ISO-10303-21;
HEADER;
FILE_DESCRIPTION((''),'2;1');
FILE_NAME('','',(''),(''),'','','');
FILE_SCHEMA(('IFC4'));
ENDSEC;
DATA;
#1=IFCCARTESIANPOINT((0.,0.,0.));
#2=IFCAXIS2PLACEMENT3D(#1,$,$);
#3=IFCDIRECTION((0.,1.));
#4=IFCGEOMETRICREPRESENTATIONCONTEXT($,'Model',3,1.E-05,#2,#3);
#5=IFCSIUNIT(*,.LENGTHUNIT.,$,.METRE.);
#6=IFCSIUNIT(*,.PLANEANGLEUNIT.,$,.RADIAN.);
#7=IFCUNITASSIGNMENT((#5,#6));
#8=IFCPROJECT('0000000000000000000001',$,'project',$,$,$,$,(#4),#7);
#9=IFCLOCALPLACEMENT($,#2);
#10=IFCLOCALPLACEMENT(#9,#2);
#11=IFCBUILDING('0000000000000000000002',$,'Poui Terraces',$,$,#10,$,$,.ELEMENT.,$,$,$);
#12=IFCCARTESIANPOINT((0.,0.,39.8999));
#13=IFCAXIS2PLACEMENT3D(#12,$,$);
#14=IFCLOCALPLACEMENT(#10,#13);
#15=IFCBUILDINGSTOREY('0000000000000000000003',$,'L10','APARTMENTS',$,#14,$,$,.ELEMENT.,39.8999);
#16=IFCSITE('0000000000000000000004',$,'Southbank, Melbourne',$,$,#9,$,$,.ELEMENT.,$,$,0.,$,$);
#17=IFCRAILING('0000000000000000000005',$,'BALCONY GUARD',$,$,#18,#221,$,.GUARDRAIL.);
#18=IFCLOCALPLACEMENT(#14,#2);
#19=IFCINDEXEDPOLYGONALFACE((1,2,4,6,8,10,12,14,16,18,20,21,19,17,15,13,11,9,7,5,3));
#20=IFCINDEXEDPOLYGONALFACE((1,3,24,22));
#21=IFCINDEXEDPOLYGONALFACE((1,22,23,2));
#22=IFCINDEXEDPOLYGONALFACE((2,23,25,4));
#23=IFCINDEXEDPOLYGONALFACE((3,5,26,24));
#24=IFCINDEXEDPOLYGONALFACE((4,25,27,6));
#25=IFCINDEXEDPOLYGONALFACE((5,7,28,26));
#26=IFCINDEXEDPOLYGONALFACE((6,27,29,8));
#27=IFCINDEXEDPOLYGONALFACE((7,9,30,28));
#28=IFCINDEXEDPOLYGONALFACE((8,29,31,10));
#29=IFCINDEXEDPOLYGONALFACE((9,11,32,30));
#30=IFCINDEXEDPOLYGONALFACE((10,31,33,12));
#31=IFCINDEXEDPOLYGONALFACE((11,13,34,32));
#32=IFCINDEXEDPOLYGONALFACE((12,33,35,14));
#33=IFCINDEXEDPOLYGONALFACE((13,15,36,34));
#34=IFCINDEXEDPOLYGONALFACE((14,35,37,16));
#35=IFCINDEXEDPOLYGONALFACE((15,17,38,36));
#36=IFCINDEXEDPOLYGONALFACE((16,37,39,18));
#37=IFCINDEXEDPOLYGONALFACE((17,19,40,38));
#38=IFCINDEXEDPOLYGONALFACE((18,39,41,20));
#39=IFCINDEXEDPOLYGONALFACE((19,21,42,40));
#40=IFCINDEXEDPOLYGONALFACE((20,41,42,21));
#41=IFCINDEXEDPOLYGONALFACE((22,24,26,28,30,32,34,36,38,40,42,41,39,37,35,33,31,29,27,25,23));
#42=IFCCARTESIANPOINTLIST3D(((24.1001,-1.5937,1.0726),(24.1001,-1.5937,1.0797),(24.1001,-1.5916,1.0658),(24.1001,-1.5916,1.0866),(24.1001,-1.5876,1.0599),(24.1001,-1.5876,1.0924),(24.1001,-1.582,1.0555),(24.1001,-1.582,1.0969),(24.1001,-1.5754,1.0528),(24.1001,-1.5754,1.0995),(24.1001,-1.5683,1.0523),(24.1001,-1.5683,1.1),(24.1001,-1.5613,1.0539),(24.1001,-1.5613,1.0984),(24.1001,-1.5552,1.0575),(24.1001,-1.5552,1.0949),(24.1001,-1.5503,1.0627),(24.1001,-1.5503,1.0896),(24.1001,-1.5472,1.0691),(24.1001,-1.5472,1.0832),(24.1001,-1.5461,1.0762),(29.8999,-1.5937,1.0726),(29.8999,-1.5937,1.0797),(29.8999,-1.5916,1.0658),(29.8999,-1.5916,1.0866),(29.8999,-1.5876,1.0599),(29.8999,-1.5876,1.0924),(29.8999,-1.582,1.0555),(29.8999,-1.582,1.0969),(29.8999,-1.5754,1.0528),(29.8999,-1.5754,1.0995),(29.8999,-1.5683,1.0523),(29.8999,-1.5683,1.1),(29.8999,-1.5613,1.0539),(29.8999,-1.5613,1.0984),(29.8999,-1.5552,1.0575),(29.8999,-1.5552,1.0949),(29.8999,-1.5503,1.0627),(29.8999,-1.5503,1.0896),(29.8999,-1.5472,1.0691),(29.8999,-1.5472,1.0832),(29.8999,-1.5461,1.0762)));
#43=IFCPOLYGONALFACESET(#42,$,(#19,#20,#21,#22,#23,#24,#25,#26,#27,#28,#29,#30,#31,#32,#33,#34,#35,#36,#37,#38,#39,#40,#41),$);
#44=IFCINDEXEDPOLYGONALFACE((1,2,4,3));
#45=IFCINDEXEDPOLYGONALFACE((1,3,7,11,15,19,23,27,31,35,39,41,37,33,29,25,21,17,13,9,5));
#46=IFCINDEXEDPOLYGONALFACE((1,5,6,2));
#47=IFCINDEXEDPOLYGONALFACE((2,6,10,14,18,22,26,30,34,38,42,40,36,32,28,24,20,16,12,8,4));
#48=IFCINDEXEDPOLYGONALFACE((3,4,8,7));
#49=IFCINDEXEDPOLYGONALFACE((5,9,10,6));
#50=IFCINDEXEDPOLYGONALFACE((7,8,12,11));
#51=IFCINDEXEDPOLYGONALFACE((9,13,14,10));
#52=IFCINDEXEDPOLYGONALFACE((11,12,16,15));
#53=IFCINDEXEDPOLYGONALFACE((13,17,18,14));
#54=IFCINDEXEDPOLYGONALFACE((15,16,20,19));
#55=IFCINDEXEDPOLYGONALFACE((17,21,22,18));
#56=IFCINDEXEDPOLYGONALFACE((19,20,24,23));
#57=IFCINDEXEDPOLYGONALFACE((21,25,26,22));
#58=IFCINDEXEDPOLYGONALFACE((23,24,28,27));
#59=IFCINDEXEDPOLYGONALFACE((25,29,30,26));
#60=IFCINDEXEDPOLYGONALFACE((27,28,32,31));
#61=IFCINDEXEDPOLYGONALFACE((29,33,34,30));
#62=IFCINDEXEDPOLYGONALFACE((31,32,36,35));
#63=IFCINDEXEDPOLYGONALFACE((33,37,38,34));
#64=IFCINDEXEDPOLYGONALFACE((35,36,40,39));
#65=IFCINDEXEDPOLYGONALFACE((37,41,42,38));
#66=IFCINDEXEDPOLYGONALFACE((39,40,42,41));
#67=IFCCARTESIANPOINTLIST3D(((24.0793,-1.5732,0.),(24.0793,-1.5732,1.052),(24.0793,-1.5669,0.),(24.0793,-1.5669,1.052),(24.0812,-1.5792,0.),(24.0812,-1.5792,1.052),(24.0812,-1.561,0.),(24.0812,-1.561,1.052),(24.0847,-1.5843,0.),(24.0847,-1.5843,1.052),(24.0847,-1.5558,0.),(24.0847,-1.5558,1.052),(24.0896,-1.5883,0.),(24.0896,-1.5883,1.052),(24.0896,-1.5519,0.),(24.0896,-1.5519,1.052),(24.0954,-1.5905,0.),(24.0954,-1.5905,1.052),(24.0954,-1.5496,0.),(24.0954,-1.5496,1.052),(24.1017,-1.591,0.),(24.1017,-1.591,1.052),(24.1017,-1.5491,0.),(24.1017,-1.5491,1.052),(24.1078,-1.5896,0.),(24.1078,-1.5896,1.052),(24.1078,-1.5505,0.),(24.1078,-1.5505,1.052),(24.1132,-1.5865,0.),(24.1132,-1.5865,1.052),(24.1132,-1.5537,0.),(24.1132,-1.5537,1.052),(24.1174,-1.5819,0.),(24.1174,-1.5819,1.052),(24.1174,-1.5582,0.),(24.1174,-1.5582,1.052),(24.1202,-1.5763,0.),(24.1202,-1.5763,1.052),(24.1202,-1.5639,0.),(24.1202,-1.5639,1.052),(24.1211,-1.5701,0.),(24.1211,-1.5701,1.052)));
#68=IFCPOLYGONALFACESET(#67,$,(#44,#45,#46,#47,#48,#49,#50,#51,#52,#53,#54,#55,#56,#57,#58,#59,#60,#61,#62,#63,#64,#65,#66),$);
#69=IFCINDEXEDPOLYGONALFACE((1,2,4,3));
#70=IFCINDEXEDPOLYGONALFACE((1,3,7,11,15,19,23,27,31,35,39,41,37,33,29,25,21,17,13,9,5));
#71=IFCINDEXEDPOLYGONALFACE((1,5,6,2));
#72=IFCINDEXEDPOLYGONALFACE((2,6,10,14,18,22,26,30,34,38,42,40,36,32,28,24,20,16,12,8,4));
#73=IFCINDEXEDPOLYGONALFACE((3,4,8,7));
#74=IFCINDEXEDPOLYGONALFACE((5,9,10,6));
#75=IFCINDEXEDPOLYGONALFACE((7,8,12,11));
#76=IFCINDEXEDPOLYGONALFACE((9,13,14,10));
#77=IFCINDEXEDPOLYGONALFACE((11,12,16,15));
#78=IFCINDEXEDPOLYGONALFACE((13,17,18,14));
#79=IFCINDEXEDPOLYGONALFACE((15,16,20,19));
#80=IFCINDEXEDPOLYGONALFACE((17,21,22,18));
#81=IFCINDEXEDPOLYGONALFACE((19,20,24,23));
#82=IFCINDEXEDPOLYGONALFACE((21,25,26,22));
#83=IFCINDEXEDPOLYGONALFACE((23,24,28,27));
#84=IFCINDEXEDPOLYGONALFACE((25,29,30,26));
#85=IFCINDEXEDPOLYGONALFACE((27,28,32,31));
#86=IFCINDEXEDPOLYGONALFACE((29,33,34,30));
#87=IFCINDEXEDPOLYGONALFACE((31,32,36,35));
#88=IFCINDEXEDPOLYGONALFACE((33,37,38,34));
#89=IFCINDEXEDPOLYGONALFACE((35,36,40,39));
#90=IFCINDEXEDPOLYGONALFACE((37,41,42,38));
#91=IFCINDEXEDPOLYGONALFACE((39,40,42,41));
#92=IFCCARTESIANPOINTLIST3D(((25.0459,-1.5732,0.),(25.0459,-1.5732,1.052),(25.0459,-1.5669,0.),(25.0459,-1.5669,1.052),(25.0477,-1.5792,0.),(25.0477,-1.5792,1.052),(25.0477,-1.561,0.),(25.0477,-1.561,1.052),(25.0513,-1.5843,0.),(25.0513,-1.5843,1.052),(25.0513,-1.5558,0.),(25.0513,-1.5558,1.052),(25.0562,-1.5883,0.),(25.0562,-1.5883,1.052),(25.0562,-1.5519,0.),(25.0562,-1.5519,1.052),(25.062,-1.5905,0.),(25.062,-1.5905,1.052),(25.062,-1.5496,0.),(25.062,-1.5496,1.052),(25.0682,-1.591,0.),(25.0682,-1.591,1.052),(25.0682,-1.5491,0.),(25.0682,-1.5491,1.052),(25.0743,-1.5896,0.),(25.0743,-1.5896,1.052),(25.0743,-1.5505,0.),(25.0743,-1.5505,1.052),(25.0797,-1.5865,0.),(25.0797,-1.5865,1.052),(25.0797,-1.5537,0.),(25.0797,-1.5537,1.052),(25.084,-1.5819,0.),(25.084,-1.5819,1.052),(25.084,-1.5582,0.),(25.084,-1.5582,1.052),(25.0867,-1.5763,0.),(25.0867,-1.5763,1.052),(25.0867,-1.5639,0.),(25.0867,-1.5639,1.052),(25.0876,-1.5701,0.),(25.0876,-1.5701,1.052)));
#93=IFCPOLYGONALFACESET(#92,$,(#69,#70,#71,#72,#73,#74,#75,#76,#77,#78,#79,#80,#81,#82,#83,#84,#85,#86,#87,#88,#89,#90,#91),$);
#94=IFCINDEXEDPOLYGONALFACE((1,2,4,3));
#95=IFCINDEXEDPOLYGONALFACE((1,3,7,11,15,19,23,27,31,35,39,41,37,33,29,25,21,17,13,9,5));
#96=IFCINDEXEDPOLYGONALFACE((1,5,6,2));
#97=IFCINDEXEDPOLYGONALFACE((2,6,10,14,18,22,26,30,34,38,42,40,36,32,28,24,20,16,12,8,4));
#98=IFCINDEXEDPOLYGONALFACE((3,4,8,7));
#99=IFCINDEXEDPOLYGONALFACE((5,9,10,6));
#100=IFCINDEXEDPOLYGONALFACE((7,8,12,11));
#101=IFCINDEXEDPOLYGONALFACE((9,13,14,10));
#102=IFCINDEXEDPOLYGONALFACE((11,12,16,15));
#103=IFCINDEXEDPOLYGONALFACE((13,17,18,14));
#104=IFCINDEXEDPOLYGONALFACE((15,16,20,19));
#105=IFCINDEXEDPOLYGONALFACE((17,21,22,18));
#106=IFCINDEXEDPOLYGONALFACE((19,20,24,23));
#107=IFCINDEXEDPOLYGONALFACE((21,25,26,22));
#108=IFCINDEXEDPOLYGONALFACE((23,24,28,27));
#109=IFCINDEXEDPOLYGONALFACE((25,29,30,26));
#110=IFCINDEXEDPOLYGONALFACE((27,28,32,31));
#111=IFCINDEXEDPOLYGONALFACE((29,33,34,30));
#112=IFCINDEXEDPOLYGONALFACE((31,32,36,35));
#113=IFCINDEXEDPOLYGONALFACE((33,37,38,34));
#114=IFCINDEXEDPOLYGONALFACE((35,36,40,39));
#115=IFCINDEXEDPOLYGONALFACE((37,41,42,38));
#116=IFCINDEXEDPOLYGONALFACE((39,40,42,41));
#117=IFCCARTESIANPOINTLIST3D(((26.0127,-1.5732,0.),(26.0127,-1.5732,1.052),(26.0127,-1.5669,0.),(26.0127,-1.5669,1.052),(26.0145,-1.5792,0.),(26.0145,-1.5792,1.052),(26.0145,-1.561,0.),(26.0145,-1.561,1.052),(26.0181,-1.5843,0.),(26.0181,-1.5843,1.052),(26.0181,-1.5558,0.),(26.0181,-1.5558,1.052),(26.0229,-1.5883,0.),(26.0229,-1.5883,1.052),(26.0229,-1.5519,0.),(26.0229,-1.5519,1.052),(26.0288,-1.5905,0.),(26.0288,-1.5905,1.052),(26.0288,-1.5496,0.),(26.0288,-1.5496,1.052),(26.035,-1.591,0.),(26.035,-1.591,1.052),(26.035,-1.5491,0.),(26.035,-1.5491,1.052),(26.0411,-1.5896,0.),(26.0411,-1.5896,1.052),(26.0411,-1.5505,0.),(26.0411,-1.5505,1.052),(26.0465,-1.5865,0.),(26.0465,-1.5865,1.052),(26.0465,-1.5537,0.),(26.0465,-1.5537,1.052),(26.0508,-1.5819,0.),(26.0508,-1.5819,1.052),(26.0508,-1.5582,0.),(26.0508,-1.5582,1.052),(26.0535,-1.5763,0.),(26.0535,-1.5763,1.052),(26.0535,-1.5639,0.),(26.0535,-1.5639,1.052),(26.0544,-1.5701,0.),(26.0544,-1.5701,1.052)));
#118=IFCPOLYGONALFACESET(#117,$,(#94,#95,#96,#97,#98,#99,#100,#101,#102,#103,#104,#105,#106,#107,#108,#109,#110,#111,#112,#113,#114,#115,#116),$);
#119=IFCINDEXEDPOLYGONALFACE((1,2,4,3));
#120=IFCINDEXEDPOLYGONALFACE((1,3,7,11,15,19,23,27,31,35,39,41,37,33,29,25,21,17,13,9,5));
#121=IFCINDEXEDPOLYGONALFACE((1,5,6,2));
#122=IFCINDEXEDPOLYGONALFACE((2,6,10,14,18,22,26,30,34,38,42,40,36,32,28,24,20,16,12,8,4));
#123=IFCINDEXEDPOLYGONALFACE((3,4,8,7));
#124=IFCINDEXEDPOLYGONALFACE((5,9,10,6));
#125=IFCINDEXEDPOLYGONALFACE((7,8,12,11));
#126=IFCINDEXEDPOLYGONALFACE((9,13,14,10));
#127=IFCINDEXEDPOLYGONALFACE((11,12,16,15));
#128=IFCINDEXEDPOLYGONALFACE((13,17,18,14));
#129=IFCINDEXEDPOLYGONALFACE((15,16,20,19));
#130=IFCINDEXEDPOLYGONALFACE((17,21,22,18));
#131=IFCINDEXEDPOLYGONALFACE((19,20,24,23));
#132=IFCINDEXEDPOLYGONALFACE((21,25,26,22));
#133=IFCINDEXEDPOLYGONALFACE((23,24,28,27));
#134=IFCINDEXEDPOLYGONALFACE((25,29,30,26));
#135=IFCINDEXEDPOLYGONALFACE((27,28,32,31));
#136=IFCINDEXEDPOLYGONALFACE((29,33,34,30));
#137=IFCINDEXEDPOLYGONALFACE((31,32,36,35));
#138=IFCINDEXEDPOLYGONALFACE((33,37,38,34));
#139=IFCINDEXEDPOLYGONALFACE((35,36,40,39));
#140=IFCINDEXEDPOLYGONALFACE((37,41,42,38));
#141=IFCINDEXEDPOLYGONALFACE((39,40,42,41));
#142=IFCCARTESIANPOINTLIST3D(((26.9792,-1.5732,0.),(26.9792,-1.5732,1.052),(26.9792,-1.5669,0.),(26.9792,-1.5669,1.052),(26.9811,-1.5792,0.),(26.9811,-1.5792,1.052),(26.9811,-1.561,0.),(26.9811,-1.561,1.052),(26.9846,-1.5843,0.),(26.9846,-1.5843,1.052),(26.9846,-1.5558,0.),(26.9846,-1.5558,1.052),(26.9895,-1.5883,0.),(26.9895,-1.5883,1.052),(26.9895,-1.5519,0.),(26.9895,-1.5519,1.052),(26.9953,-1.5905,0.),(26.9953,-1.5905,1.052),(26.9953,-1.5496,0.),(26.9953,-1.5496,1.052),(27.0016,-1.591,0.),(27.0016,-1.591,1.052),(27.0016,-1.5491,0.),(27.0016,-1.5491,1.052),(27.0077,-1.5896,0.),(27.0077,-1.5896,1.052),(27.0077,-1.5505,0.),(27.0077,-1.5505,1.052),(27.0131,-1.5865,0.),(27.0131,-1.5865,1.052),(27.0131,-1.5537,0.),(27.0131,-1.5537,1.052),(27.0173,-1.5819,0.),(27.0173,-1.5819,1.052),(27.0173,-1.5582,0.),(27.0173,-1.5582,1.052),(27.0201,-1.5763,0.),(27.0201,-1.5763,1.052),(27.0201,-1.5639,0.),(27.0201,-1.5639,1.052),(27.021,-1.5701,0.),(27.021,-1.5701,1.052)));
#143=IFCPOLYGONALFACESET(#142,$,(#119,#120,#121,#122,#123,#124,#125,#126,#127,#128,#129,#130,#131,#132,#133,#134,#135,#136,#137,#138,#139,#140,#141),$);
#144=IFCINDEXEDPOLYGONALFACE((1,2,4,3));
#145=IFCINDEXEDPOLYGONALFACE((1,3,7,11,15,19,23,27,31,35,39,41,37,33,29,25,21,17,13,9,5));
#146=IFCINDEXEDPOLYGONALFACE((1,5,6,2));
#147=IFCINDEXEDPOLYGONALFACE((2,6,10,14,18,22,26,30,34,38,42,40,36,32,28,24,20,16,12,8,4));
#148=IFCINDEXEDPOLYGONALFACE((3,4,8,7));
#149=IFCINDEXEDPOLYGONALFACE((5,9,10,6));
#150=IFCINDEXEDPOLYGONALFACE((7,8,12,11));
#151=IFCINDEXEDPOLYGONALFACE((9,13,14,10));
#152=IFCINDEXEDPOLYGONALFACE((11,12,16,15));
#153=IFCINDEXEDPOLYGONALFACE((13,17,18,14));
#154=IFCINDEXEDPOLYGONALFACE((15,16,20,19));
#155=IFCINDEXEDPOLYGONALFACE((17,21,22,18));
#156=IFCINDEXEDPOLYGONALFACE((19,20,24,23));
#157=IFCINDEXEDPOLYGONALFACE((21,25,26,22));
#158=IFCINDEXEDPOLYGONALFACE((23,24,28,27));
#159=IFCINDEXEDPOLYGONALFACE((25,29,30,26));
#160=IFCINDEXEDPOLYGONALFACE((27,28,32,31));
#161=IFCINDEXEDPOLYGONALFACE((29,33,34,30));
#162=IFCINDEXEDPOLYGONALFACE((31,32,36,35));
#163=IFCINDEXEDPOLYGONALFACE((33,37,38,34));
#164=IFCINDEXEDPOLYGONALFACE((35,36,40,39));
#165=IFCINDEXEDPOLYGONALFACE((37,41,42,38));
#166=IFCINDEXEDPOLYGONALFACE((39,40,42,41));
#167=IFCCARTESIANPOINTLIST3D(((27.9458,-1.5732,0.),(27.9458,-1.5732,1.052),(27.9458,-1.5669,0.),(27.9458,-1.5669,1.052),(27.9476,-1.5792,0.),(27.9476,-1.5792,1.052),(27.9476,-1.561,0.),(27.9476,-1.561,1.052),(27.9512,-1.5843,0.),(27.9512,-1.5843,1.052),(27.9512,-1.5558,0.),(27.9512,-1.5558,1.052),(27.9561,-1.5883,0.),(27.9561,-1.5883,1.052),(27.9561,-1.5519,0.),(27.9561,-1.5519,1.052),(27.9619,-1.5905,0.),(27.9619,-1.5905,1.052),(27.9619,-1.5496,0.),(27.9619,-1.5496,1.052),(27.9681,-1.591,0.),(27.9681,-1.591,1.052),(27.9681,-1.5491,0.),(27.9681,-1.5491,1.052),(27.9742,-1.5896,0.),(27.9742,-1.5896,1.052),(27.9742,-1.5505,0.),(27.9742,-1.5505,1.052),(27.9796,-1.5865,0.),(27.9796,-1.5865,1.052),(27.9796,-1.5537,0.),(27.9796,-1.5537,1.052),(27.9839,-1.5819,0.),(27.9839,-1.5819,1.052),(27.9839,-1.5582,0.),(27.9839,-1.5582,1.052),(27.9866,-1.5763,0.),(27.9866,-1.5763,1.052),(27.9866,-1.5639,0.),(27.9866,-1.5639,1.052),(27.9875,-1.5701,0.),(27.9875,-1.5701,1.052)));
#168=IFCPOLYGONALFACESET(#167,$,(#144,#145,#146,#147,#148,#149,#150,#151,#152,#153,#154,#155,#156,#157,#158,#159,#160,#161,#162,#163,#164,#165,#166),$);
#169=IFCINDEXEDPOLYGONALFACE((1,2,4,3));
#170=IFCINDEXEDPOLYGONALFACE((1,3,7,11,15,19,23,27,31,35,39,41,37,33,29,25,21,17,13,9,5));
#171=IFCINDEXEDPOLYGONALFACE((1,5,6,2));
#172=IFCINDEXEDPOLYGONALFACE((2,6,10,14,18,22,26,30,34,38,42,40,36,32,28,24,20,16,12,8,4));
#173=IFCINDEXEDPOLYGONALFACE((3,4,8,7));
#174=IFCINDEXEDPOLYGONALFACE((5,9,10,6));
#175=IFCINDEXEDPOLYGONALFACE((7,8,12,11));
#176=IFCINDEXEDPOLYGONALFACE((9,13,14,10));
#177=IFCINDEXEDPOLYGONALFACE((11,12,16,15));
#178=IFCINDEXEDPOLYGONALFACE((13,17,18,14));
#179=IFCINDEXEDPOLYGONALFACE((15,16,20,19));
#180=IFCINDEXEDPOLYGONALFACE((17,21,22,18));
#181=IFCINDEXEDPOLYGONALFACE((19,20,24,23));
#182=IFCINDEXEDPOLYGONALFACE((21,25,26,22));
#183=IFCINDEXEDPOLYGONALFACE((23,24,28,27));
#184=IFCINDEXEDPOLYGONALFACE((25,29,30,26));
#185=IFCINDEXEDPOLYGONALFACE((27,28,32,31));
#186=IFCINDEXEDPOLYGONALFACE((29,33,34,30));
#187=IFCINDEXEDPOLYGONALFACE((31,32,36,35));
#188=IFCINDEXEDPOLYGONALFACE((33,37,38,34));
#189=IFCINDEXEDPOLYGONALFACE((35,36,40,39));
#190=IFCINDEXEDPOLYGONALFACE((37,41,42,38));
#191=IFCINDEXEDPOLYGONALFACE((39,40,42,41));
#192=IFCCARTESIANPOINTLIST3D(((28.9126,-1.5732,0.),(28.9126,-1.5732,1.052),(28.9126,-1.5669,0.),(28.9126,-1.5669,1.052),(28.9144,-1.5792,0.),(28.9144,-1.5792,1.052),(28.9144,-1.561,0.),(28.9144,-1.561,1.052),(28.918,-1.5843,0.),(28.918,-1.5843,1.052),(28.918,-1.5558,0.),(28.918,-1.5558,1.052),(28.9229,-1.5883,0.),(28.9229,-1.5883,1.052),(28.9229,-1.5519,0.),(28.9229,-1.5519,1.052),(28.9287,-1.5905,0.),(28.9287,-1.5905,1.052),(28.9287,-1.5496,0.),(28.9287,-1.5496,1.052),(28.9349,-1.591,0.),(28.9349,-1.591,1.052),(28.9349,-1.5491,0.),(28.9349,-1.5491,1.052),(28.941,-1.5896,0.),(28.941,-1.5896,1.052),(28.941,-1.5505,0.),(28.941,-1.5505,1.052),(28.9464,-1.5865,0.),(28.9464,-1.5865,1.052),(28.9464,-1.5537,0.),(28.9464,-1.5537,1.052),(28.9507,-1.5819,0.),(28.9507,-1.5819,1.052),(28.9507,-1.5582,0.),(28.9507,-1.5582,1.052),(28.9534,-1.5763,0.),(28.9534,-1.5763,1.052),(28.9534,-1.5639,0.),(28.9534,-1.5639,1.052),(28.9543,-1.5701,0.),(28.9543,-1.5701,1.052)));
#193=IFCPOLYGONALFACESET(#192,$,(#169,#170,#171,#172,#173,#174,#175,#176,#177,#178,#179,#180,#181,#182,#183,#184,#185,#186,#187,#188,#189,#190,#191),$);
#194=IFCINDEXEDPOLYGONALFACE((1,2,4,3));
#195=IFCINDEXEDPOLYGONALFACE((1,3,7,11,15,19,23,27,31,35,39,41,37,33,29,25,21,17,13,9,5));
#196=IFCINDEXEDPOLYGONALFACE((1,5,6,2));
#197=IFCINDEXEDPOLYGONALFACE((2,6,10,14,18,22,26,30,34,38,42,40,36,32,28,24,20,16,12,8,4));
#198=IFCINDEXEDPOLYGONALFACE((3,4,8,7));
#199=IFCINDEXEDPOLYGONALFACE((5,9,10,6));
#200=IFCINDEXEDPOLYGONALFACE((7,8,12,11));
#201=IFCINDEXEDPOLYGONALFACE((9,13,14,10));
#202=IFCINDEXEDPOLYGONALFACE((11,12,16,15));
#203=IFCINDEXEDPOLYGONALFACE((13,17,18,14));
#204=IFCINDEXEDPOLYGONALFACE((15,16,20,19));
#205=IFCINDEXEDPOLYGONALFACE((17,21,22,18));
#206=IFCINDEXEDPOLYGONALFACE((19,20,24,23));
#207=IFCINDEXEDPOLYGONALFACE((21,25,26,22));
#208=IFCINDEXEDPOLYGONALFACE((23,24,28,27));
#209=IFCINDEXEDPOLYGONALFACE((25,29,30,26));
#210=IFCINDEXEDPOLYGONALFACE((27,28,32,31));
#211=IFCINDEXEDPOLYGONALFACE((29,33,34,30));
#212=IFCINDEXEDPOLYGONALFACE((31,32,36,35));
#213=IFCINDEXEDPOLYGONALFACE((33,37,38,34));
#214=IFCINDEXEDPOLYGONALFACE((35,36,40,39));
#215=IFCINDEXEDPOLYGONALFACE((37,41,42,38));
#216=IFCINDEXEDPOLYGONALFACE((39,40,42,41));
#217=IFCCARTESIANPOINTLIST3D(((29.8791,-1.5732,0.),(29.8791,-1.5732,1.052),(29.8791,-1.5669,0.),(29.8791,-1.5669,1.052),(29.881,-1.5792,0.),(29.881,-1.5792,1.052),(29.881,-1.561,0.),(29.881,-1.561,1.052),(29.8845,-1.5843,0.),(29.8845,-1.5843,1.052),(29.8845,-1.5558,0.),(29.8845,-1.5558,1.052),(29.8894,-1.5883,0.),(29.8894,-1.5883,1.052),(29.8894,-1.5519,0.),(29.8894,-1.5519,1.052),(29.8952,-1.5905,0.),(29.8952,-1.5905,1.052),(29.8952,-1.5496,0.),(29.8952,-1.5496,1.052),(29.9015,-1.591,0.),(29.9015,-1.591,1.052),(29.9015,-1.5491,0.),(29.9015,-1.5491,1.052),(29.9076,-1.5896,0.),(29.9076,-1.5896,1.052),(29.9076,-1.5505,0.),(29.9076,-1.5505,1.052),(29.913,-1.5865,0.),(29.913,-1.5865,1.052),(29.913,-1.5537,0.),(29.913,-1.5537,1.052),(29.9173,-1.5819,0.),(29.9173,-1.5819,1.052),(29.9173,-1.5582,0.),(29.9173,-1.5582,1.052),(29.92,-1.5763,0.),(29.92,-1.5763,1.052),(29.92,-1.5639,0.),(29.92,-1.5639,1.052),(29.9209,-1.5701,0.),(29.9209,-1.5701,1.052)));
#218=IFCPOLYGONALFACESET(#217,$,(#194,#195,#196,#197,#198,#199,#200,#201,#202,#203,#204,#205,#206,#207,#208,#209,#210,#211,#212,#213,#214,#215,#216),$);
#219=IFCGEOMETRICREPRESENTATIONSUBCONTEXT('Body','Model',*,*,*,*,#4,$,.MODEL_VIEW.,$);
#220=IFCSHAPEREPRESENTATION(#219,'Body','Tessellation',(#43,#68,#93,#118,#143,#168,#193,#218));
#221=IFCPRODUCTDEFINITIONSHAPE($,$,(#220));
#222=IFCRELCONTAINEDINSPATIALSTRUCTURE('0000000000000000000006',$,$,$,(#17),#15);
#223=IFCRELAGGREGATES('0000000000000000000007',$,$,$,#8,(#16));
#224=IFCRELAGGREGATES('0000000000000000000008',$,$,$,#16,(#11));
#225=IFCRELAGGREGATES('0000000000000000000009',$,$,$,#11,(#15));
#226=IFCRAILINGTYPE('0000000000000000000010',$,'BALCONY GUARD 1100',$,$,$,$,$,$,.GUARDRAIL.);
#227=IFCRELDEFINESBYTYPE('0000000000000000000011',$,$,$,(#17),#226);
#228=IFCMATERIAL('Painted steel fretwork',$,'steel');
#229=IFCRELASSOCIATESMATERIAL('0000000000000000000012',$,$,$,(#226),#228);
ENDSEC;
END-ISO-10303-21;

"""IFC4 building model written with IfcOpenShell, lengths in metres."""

from ifc_helpers import new_model, si_unit, direction, frame, origin, origin_2d, place, context, subcontext, project, spatial, circle, extrude, material, type_object, element, save


model = new_model("IFC4")

# Units and contexts
model_context = context("Model", 3, precision=1e-05, world=origin(), true_north=direction((0.0, 1.0)))
body_context = subcontext(model_context, "Body", "Model", "MODEL_VIEW")
ifc_project = project(units=[si_unit("LENGTHUNIT", "METRE"), si_unit("PLANEANGLEUNIT", "RADIAN")], contexts=[model_context])

# Site, building, storey
site_placement = place(None, origin())
site = spatial("IfcSite", under=ifc_project, at=site_placement, Name="Southbank, Melbourne", CompositionType="ELEMENT", RefElevation=0.0)
building_placement = place(site_placement, origin())
building = spatial("IfcBuilding", under=site, at=building_placement, Name="Poui Terraces", CompositionType="ELEMENT")
storey_placement = place(building_placement, frame((0.0, 0.0, 39.8999)))
storey = spatial("IfcBuildingStorey", under=building, at=storey_placement, Name="L10", Description="APARTMENTS", CompositionType="ELEMENT", Elevation=39.8999)

# Railing
ifc_material_1 = material(Name="Painted steel fretwork", Category="steel")
railing_type = type_object("IfcRailingType", Name="BALCONY GUARD 1100", PredefinedType="GUARDRAIL", material=ifc_material_1)
railing_placement = place(storey_placement, frame((24.1001, -1.5701, 0.0)))
element("IfcRailing", 1, at=railing_placement, inside=storey, type_object=railing_type, Name="BALCONY GUARD", PredefinedType="GUARDRAIL", context=body_context, shape_type="SweptSolid", body=[
    extrude(circle(Radius=0.0239, at=origin_2d()), frame((0.0, 0.0, 1.0762), z_axis=(1.0, 0.0, 0.0), x_axis=(0.0, 1.0, 0.0)), (0.0, 0.0, 1.0), 5.7998),
    extrude(circle(Radius=0.021, at=origin_2d()), origin(), (0.0, 0.0, 1.0), 1.052),
    extrude(circle(Radius=0.021, at=origin_2d()), frame((0.9666, 0.0, 0.0)), (0.0, 0.0, 1.0), 1.052),
    extrude(circle(Radius=0.021, at=origin_2d()), frame((1.9333, 0.0, 0.0)), (0.0, 0.0, 1.0), 1.052),
    extrude(circle(Radius=0.021, at=origin_2d()), frame((2.8999, 0.0, 0.0)), (0.0, 0.0, 1.0), 1.052),
    extrude(circle(Radius=0.021, at=origin_2d()), frame((3.8665, 0.0, 0.0)), (0.0, 0.0, 1.0), 1.052),
    extrude(circle(Radius=0.021, at=origin_2d()), frame((4.8333, 0.0, 0.0)), (0.0, 0.0, 1.0), 1.052),
    extrude(circle(Radius=0.021, at=origin_2d()), frame((5.7998, 0.0, 0.0)), (0.0, 0.0, 1.0), 1.052),
])

save(model, "model.ifc")
